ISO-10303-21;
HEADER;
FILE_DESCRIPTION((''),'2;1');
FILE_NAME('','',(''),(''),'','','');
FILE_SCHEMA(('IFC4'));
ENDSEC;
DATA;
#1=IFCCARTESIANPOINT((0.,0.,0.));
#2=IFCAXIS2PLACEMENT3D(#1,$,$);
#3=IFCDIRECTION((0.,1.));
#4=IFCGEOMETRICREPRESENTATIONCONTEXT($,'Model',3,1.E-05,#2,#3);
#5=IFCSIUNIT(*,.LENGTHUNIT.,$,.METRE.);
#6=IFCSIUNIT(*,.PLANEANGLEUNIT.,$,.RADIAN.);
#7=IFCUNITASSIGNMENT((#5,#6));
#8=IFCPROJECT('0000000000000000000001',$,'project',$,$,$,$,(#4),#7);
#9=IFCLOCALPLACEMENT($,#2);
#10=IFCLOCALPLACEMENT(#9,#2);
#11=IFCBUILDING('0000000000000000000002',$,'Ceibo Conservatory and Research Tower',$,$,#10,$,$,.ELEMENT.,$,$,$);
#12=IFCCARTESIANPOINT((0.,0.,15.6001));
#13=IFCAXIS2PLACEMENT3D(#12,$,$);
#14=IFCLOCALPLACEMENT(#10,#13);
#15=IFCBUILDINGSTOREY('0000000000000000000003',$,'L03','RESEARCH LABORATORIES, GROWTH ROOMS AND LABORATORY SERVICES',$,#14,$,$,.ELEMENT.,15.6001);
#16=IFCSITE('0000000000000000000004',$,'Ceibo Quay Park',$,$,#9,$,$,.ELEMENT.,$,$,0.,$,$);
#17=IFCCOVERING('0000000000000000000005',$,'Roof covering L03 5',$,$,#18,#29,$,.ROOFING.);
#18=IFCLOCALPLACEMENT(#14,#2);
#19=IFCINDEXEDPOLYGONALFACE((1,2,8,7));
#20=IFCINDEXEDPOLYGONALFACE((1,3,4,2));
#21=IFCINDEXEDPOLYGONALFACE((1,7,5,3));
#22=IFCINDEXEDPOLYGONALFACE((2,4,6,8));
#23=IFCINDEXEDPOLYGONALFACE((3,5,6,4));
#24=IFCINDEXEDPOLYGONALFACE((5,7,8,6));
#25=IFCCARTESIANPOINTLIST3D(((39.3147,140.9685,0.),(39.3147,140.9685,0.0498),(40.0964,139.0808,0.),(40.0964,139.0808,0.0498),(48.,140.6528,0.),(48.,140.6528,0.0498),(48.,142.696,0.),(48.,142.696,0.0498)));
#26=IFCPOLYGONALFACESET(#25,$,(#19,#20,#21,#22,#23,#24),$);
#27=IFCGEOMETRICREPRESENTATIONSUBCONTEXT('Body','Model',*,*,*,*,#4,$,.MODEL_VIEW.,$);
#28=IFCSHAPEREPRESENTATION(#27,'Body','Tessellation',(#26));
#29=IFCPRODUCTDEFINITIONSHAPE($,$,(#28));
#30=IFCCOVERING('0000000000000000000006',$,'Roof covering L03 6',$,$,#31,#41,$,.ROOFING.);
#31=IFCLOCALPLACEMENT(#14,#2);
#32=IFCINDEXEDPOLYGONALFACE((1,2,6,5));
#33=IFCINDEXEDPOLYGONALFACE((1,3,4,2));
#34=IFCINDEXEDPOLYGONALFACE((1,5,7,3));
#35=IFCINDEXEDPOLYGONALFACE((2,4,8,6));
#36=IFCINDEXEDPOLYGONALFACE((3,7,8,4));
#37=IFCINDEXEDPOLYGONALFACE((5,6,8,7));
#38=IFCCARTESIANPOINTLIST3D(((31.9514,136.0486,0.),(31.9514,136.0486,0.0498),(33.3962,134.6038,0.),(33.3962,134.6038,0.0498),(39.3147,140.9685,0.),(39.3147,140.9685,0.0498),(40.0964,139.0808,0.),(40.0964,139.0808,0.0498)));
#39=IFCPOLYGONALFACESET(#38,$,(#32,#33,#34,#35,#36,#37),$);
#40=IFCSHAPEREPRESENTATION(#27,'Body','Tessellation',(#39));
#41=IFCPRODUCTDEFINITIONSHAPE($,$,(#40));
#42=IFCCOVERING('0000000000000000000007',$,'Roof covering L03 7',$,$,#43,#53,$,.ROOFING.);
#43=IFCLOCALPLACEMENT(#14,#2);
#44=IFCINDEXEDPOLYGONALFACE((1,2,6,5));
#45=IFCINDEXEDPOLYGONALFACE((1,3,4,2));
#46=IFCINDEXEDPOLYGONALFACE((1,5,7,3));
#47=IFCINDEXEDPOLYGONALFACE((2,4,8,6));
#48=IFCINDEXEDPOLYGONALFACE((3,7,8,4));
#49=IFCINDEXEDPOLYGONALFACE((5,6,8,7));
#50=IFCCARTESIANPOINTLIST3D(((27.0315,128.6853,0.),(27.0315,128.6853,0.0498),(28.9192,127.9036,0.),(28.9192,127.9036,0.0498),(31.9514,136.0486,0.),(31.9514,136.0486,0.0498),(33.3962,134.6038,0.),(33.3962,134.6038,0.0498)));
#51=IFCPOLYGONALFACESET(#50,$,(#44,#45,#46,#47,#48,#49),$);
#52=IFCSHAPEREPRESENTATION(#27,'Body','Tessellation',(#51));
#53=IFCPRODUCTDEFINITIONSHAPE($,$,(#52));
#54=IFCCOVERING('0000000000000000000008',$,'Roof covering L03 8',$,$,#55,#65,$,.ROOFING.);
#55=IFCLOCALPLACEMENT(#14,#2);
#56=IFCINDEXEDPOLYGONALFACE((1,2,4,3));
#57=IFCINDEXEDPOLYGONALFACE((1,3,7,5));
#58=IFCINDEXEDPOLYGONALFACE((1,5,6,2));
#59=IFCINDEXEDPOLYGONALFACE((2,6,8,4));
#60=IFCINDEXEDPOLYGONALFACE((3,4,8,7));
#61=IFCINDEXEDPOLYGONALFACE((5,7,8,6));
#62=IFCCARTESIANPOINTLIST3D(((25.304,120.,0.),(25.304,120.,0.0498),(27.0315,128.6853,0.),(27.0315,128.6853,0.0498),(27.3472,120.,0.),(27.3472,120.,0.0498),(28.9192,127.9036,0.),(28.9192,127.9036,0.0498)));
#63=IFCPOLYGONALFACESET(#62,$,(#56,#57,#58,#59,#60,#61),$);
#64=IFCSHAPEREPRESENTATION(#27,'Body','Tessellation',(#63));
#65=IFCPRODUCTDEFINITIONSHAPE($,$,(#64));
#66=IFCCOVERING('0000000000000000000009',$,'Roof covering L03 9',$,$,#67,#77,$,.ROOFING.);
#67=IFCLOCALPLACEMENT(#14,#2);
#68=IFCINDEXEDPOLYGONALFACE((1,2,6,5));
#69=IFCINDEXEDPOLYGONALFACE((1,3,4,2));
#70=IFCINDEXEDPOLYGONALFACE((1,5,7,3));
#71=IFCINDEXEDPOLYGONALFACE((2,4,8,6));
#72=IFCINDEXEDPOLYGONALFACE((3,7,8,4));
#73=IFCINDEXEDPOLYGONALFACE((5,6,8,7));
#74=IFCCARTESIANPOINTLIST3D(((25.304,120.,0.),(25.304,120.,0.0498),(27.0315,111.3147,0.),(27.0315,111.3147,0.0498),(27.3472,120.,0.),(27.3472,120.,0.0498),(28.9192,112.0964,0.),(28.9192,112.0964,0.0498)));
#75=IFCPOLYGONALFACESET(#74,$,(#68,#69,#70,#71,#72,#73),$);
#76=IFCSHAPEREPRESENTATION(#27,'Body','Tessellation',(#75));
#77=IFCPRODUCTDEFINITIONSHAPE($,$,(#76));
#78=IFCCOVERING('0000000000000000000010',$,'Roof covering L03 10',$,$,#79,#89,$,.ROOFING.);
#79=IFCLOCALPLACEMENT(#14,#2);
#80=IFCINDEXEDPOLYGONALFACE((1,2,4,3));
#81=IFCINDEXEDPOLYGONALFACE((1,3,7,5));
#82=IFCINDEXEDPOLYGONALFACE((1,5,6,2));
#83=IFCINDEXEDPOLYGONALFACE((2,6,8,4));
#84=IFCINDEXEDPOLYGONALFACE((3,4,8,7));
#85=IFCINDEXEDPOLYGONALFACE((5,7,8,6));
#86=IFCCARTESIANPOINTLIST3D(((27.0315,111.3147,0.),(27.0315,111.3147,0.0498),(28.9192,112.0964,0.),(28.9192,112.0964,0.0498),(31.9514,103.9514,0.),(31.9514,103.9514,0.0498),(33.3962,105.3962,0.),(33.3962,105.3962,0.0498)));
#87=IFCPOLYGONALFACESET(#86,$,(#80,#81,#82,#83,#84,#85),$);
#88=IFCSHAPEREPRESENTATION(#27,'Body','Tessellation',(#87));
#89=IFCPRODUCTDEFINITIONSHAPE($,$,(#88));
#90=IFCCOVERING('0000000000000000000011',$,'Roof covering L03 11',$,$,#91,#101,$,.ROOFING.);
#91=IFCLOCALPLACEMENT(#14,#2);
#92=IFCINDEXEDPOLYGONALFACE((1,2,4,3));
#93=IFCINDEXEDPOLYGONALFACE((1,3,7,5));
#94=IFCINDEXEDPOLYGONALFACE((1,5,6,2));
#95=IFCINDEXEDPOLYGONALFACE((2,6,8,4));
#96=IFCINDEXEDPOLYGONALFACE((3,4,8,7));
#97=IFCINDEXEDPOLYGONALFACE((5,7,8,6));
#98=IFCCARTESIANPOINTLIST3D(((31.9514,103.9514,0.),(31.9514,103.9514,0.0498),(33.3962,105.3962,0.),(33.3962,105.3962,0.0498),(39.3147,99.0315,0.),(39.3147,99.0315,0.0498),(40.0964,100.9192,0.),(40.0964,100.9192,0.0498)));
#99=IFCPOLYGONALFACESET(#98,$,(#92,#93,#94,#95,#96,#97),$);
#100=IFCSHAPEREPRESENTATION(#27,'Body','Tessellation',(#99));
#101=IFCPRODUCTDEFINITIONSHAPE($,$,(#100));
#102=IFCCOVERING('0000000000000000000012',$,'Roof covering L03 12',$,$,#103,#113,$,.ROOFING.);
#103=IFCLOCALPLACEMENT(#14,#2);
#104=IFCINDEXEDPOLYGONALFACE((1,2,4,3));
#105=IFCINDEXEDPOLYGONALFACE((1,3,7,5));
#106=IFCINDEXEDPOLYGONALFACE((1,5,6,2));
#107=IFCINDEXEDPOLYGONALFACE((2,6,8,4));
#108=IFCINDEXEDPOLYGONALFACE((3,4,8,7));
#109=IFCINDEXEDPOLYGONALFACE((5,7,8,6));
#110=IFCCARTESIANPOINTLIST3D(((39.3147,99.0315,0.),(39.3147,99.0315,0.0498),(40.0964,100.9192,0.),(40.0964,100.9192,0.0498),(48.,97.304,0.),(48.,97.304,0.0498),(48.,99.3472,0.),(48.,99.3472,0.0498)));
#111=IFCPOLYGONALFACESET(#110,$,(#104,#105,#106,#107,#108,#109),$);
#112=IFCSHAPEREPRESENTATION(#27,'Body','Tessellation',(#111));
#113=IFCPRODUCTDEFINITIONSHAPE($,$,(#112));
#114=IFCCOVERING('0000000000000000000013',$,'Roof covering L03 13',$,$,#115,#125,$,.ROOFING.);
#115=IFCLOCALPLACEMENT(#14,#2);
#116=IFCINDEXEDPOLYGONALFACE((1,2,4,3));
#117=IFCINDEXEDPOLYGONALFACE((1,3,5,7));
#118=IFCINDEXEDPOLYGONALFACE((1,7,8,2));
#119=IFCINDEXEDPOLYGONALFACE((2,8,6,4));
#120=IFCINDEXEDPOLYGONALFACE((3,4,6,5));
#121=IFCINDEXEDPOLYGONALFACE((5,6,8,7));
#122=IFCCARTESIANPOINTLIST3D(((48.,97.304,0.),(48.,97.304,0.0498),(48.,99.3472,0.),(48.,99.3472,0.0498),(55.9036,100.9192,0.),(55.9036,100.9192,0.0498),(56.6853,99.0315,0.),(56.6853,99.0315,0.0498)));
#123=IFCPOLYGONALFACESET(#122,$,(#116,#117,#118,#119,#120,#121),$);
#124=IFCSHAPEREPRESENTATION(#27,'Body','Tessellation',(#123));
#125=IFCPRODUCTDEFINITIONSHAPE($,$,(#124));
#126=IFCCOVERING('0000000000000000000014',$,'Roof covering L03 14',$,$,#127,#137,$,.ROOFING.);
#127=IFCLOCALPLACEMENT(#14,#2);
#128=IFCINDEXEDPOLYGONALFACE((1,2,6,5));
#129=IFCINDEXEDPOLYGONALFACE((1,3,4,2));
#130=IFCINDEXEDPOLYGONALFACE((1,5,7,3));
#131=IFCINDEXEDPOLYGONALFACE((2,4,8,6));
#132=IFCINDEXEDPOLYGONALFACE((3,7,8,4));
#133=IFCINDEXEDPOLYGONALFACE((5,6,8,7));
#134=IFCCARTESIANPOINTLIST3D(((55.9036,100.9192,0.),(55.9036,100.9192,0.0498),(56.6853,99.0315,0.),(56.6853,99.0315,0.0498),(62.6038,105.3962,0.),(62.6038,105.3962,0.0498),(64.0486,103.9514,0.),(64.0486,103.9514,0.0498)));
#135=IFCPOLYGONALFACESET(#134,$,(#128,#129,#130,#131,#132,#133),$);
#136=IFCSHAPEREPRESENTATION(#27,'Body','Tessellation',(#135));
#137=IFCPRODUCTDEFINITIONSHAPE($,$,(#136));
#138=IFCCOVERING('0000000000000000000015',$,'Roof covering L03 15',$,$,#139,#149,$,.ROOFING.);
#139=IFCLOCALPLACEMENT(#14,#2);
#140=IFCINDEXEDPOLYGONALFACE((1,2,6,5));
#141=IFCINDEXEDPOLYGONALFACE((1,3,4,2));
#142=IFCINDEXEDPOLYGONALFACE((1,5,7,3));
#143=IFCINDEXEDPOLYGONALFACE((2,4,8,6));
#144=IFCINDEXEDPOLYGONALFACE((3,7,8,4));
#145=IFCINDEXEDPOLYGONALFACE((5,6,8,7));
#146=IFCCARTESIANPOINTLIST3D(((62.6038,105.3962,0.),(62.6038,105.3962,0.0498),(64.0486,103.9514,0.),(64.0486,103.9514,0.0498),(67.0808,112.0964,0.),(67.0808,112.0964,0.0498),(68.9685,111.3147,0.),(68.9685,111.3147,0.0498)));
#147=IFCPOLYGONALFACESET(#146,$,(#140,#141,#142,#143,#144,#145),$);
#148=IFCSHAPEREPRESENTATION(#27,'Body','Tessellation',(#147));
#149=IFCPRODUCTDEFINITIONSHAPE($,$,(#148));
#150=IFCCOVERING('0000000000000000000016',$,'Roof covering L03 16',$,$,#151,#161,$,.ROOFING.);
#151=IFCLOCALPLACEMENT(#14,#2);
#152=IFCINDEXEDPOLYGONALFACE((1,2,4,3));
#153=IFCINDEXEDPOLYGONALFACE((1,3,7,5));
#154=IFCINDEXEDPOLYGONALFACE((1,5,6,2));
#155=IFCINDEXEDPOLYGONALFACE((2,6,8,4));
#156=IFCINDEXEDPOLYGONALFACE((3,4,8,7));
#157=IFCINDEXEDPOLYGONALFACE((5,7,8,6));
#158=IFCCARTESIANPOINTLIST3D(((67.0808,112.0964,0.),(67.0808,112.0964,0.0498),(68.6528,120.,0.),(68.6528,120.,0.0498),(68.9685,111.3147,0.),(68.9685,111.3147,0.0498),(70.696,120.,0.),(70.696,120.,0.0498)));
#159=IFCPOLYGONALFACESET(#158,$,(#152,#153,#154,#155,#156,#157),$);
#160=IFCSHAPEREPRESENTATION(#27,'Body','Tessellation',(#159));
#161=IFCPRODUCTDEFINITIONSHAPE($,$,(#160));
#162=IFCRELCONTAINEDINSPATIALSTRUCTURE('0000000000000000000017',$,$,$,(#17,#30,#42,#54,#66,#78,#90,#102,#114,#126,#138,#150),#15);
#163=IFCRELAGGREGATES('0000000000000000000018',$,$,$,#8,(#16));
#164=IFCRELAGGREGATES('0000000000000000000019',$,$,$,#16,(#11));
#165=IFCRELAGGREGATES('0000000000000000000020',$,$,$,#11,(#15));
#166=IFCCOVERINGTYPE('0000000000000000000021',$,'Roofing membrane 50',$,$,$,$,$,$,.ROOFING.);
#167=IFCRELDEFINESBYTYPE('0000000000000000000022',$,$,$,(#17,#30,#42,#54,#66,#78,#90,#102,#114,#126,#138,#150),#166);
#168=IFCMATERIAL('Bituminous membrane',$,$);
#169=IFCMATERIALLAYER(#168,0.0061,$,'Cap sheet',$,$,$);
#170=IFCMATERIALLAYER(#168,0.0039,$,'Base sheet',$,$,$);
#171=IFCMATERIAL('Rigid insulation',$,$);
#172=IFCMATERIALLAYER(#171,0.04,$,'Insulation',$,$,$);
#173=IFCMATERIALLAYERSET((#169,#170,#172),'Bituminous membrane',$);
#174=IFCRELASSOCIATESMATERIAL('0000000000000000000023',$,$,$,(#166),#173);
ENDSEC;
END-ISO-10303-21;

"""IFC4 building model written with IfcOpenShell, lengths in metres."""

from ifc_helpers import new_model, si_unit, direction, frame, origin, place, context, subcontext, project, spatial, polyline, outline, extrude, material, layer, layer_set, type_object, element, save


model = new_model("IFC4")

# Units and contexts
model_context = context("Model", 3, precision=1e-05, world=origin(), true_north=direction((0.0, 1.0)))
body_context = subcontext(model_context, "Body", "Model", "MODEL_VIEW")
ifc_project = project(units=[si_unit("LENGTHUNIT", "METRE"), si_unit("PLANEANGLEUNIT", "RADIAN")], contexts=[model_context])

# Site, building, storey
site_placement = place(None, origin())
site = spatial("IfcSite", under=ifc_project, at=site_placement, Name="Ceibo Quay Park", CompositionType="ELEMENT", RefElevation=0.0)
building_placement = place(site_placement, origin())
building = spatial("IfcBuilding", under=site, at=building_placement, Name="Ceibo Conservatory and Research Tower", CompositionType="ELEMENT")
storey_placement = place(building_placement, frame((0.0, 0.0, 15.6001)))
storey = spatial("IfcBuildingStorey", under=building, at=storey_placement, Name="L03", Description="RESEARCH LABORATORIES, GROWTH ROOMS AND LABORATORY SERVICES", CompositionType="ELEMENT", Elevation=15.6001)

# Coverings
ifc_material_1 = material(Name="Bituminous membrane")
ifc_layer_1 = layer(ifc_material_1, 0.0061, Name="Cap sheet")
ifc_layer_2 = layer(ifc_material_1, 0.0039, Name="Base sheet")
ifc_material_2 = material(Name="Rigid insulation")
ifc_layer_3 = layer(ifc_material_2, 0.04, Name="Insulation")
ifc_layer_set_1 = layer_set([ifc_layer_1, ifc_layer_2, ifc_layer_3], Name="Bituminous membrane")
covering_type = type_object("IfcCoveringType", Name="Roofing membrane 50", PredefinedType="ROOFING", material=ifc_layer_set_1)
covering_1_placement = place(storey_placement, origin())
element("IfcCovering", 1, at=covering_1_placement, inside=storey, type_object=covering_type, Name="Roof covering L03 5", PredefinedType="ROOFING", context=body_context, shape_type="SweptSolid", body=[
    extrude(outline(polyline([(48.0, 142.696), (39.3147, 140.9685), (40.0964, 139.0808), (48.0, 140.6528), (48.0, 142.696)])), origin(), (0.0, 0.0, 1.0), 0.0498),
])
covering_2_placement = place(storey_placement, origin())
element("IfcCovering", 2, at=covering_2_placement, inside=storey, type_object=covering_type, Name="Roof covering L03 6", PredefinedType="ROOFING", context=body_context, shape_type="SweptSolid", body=[
    extrude(outline(polyline([(39.3147, 140.9685), (31.9514, 136.0486), (33.3962, 134.6038), (40.0964, 139.0808), (39.3147, 140.9685)])), origin(), (0.0, 0.0, 1.0), 0.0498),
])
covering_3_placement = place(storey_placement, origin())
element("IfcCovering", 3, at=covering_3_placement, inside=storey, type_object=covering_type, Name="Roof covering L03 7", PredefinedType="ROOFING", context=body_context, shape_type="SweptSolid", body=[
    extrude(outline(polyline([(31.9514, 136.0486), (27.0315, 128.6853), (28.9192, 127.9036), (33.3962, 134.6038), (31.9514, 136.0486)])), origin(), (0.0, 0.0, 1.0), 0.0498),
])
covering_4_placement = place(storey_placement, origin())
element("IfcCovering", 4, at=covering_4_placement, inside=storey, type_object=covering_type, Name="Roof covering L03 8", PredefinedType="ROOFING", context=body_context, shape_type="SweptSolid", body=[
    extrude(outline(polyline([(27.0315, 128.6853), (25.304, 120.0), (27.3472, 120.0), (28.9192, 127.9036), (27.0315, 128.6853)])), origin(), (0.0, 0.0, 1.0), 0.0498),
])
covering_5_placement = place(storey_placement, origin())
element("IfcCovering", 5, at=covering_5_placement, inside=storey, type_object=covering_type, Name="Roof covering L03 9", PredefinedType="ROOFING", context=body_context, shape_type="SweptSolid", body=[
    extrude(outline(polyline([(25.304, 120.0), (27.0315, 111.3147), (28.9192, 112.0964), (27.3472, 120.0), (25.304, 120.0)])), origin(), (0.0, 0.0, 1.0), 0.0498),
])
covering_6_placement = place(storey_placement, origin())
element("IfcCovering", 6, at=covering_6_placement, inside=storey, type_object=covering_type, Name="Roof covering L03 10", PredefinedType="ROOFING", context=body_context, shape_type="SweptSolid", body=[
    extrude(outline(polyline([(27.0315, 111.3147), (31.9514, 103.9514), (33.3962, 105.3962), (28.9192, 112.0964), (27.0315, 111.3147)])), origin(), (0.0, 0.0, 1.0), 0.0498),
])
covering_7_placement = place(storey_placement, origin())
element("IfcCovering", 7, at=covering_7_placement, inside=storey, type_object=covering_type, Name="Roof covering L03 11", PredefinedType="ROOFING", context=body_context, shape_type="SweptSolid", body=[
    extrude(outline(polyline([(31.9514, 103.9514), (39.3147, 99.0315), (40.0964, 100.9192), (33.3962, 105.3962), (31.9514, 103.9514)])), origin(), (0.0, 0.0, 1.0), 0.0498),
])
covering_8_placement = place(storey_placement, origin())
element("IfcCovering", 8, at=covering_8_placement, inside=storey, type_object=covering_type, Name="Roof covering L03 12", PredefinedType="ROOFING", context=body_context, shape_type="SweptSolid", body=[
    extrude(outline(polyline([(39.3147, 99.0315), (48.0, 97.304), (48.0, 99.3472), (40.0964, 100.9192), (39.3147, 99.0315)])), origin(), (0.0, 0.0, 1.0), 0.0498),
])
covering_9_placement = place(storey_placement, origin())
element("IfcCovering", 9, at=covering_9_placement, inside=storey, type_object=covering_type, Name="Roof covering L03 13", PredefinedType="ROOFING", context=body_context, shape_type="SweptSolid", body=[
    extrude(outline(polyline([(48.0, 97.304), (56.6853, 99.0315), (55.9036, 100.9192), (48.0, 99.3472), (48.0, 97.304)])), origin(), (0.0, 0.0, 1.0), 0.0498),
])
covering_10_placement = place(storey_placement, origin())
element("IfcCovering", 10, at=covering_10_placement, inside=storey, type_object=covering_type, Name="Roof covering L03 14", PredefinedType="ROOFING", context=body_context, shape_type="SweptSolid", body=[
    extrude(outline(polyline([(56.6853, 99.0315), (64.0486, 103.9514), (62.6038, 105.3962), (55.9036, 100.9192), (56.6853, 99.0315)])), origin(), (0.0, 0.0, 1.0), 0.0498),
])
covering_11_placement = place(storey_placement, origin())
element("IfcCovering", 11, at=covering_11_placement, inside=storey, type_object=covering_type, Name="Roof covering L03 15", PredefinedType="ROOFING", context=body_context, shape_type="SweptSolid", body=[
    extrude(outline(polyline([(64.0486, 103.9514), (68.9685, 111.3147), (67.0808, 112.0964), (62.6038, 105.3962), (64.0486, 103.9514)])), origin(), (0.0, 0.0, 1.0), 0.0498),
])
covering_12_placement = place(storey_placement, origin())
element("IfcCovering", 12, at=covering_12_placement, inside=storey, type_object=covering_type, Name="Roof covering L03 16", PredefinedType="ROOFING", context=body_context, shape_type="SweptSolid", body=[
    extrude(outline(polyline([(68.9685, 111.3147), (70.696, 120.0), (68.6528, 120.0), (67.0808, 112.0964), (68.9685, 111.3147)])), origin(), (0.0, 0.0, 1.0), 0.0498),
])

save(model, "model.ifc")
